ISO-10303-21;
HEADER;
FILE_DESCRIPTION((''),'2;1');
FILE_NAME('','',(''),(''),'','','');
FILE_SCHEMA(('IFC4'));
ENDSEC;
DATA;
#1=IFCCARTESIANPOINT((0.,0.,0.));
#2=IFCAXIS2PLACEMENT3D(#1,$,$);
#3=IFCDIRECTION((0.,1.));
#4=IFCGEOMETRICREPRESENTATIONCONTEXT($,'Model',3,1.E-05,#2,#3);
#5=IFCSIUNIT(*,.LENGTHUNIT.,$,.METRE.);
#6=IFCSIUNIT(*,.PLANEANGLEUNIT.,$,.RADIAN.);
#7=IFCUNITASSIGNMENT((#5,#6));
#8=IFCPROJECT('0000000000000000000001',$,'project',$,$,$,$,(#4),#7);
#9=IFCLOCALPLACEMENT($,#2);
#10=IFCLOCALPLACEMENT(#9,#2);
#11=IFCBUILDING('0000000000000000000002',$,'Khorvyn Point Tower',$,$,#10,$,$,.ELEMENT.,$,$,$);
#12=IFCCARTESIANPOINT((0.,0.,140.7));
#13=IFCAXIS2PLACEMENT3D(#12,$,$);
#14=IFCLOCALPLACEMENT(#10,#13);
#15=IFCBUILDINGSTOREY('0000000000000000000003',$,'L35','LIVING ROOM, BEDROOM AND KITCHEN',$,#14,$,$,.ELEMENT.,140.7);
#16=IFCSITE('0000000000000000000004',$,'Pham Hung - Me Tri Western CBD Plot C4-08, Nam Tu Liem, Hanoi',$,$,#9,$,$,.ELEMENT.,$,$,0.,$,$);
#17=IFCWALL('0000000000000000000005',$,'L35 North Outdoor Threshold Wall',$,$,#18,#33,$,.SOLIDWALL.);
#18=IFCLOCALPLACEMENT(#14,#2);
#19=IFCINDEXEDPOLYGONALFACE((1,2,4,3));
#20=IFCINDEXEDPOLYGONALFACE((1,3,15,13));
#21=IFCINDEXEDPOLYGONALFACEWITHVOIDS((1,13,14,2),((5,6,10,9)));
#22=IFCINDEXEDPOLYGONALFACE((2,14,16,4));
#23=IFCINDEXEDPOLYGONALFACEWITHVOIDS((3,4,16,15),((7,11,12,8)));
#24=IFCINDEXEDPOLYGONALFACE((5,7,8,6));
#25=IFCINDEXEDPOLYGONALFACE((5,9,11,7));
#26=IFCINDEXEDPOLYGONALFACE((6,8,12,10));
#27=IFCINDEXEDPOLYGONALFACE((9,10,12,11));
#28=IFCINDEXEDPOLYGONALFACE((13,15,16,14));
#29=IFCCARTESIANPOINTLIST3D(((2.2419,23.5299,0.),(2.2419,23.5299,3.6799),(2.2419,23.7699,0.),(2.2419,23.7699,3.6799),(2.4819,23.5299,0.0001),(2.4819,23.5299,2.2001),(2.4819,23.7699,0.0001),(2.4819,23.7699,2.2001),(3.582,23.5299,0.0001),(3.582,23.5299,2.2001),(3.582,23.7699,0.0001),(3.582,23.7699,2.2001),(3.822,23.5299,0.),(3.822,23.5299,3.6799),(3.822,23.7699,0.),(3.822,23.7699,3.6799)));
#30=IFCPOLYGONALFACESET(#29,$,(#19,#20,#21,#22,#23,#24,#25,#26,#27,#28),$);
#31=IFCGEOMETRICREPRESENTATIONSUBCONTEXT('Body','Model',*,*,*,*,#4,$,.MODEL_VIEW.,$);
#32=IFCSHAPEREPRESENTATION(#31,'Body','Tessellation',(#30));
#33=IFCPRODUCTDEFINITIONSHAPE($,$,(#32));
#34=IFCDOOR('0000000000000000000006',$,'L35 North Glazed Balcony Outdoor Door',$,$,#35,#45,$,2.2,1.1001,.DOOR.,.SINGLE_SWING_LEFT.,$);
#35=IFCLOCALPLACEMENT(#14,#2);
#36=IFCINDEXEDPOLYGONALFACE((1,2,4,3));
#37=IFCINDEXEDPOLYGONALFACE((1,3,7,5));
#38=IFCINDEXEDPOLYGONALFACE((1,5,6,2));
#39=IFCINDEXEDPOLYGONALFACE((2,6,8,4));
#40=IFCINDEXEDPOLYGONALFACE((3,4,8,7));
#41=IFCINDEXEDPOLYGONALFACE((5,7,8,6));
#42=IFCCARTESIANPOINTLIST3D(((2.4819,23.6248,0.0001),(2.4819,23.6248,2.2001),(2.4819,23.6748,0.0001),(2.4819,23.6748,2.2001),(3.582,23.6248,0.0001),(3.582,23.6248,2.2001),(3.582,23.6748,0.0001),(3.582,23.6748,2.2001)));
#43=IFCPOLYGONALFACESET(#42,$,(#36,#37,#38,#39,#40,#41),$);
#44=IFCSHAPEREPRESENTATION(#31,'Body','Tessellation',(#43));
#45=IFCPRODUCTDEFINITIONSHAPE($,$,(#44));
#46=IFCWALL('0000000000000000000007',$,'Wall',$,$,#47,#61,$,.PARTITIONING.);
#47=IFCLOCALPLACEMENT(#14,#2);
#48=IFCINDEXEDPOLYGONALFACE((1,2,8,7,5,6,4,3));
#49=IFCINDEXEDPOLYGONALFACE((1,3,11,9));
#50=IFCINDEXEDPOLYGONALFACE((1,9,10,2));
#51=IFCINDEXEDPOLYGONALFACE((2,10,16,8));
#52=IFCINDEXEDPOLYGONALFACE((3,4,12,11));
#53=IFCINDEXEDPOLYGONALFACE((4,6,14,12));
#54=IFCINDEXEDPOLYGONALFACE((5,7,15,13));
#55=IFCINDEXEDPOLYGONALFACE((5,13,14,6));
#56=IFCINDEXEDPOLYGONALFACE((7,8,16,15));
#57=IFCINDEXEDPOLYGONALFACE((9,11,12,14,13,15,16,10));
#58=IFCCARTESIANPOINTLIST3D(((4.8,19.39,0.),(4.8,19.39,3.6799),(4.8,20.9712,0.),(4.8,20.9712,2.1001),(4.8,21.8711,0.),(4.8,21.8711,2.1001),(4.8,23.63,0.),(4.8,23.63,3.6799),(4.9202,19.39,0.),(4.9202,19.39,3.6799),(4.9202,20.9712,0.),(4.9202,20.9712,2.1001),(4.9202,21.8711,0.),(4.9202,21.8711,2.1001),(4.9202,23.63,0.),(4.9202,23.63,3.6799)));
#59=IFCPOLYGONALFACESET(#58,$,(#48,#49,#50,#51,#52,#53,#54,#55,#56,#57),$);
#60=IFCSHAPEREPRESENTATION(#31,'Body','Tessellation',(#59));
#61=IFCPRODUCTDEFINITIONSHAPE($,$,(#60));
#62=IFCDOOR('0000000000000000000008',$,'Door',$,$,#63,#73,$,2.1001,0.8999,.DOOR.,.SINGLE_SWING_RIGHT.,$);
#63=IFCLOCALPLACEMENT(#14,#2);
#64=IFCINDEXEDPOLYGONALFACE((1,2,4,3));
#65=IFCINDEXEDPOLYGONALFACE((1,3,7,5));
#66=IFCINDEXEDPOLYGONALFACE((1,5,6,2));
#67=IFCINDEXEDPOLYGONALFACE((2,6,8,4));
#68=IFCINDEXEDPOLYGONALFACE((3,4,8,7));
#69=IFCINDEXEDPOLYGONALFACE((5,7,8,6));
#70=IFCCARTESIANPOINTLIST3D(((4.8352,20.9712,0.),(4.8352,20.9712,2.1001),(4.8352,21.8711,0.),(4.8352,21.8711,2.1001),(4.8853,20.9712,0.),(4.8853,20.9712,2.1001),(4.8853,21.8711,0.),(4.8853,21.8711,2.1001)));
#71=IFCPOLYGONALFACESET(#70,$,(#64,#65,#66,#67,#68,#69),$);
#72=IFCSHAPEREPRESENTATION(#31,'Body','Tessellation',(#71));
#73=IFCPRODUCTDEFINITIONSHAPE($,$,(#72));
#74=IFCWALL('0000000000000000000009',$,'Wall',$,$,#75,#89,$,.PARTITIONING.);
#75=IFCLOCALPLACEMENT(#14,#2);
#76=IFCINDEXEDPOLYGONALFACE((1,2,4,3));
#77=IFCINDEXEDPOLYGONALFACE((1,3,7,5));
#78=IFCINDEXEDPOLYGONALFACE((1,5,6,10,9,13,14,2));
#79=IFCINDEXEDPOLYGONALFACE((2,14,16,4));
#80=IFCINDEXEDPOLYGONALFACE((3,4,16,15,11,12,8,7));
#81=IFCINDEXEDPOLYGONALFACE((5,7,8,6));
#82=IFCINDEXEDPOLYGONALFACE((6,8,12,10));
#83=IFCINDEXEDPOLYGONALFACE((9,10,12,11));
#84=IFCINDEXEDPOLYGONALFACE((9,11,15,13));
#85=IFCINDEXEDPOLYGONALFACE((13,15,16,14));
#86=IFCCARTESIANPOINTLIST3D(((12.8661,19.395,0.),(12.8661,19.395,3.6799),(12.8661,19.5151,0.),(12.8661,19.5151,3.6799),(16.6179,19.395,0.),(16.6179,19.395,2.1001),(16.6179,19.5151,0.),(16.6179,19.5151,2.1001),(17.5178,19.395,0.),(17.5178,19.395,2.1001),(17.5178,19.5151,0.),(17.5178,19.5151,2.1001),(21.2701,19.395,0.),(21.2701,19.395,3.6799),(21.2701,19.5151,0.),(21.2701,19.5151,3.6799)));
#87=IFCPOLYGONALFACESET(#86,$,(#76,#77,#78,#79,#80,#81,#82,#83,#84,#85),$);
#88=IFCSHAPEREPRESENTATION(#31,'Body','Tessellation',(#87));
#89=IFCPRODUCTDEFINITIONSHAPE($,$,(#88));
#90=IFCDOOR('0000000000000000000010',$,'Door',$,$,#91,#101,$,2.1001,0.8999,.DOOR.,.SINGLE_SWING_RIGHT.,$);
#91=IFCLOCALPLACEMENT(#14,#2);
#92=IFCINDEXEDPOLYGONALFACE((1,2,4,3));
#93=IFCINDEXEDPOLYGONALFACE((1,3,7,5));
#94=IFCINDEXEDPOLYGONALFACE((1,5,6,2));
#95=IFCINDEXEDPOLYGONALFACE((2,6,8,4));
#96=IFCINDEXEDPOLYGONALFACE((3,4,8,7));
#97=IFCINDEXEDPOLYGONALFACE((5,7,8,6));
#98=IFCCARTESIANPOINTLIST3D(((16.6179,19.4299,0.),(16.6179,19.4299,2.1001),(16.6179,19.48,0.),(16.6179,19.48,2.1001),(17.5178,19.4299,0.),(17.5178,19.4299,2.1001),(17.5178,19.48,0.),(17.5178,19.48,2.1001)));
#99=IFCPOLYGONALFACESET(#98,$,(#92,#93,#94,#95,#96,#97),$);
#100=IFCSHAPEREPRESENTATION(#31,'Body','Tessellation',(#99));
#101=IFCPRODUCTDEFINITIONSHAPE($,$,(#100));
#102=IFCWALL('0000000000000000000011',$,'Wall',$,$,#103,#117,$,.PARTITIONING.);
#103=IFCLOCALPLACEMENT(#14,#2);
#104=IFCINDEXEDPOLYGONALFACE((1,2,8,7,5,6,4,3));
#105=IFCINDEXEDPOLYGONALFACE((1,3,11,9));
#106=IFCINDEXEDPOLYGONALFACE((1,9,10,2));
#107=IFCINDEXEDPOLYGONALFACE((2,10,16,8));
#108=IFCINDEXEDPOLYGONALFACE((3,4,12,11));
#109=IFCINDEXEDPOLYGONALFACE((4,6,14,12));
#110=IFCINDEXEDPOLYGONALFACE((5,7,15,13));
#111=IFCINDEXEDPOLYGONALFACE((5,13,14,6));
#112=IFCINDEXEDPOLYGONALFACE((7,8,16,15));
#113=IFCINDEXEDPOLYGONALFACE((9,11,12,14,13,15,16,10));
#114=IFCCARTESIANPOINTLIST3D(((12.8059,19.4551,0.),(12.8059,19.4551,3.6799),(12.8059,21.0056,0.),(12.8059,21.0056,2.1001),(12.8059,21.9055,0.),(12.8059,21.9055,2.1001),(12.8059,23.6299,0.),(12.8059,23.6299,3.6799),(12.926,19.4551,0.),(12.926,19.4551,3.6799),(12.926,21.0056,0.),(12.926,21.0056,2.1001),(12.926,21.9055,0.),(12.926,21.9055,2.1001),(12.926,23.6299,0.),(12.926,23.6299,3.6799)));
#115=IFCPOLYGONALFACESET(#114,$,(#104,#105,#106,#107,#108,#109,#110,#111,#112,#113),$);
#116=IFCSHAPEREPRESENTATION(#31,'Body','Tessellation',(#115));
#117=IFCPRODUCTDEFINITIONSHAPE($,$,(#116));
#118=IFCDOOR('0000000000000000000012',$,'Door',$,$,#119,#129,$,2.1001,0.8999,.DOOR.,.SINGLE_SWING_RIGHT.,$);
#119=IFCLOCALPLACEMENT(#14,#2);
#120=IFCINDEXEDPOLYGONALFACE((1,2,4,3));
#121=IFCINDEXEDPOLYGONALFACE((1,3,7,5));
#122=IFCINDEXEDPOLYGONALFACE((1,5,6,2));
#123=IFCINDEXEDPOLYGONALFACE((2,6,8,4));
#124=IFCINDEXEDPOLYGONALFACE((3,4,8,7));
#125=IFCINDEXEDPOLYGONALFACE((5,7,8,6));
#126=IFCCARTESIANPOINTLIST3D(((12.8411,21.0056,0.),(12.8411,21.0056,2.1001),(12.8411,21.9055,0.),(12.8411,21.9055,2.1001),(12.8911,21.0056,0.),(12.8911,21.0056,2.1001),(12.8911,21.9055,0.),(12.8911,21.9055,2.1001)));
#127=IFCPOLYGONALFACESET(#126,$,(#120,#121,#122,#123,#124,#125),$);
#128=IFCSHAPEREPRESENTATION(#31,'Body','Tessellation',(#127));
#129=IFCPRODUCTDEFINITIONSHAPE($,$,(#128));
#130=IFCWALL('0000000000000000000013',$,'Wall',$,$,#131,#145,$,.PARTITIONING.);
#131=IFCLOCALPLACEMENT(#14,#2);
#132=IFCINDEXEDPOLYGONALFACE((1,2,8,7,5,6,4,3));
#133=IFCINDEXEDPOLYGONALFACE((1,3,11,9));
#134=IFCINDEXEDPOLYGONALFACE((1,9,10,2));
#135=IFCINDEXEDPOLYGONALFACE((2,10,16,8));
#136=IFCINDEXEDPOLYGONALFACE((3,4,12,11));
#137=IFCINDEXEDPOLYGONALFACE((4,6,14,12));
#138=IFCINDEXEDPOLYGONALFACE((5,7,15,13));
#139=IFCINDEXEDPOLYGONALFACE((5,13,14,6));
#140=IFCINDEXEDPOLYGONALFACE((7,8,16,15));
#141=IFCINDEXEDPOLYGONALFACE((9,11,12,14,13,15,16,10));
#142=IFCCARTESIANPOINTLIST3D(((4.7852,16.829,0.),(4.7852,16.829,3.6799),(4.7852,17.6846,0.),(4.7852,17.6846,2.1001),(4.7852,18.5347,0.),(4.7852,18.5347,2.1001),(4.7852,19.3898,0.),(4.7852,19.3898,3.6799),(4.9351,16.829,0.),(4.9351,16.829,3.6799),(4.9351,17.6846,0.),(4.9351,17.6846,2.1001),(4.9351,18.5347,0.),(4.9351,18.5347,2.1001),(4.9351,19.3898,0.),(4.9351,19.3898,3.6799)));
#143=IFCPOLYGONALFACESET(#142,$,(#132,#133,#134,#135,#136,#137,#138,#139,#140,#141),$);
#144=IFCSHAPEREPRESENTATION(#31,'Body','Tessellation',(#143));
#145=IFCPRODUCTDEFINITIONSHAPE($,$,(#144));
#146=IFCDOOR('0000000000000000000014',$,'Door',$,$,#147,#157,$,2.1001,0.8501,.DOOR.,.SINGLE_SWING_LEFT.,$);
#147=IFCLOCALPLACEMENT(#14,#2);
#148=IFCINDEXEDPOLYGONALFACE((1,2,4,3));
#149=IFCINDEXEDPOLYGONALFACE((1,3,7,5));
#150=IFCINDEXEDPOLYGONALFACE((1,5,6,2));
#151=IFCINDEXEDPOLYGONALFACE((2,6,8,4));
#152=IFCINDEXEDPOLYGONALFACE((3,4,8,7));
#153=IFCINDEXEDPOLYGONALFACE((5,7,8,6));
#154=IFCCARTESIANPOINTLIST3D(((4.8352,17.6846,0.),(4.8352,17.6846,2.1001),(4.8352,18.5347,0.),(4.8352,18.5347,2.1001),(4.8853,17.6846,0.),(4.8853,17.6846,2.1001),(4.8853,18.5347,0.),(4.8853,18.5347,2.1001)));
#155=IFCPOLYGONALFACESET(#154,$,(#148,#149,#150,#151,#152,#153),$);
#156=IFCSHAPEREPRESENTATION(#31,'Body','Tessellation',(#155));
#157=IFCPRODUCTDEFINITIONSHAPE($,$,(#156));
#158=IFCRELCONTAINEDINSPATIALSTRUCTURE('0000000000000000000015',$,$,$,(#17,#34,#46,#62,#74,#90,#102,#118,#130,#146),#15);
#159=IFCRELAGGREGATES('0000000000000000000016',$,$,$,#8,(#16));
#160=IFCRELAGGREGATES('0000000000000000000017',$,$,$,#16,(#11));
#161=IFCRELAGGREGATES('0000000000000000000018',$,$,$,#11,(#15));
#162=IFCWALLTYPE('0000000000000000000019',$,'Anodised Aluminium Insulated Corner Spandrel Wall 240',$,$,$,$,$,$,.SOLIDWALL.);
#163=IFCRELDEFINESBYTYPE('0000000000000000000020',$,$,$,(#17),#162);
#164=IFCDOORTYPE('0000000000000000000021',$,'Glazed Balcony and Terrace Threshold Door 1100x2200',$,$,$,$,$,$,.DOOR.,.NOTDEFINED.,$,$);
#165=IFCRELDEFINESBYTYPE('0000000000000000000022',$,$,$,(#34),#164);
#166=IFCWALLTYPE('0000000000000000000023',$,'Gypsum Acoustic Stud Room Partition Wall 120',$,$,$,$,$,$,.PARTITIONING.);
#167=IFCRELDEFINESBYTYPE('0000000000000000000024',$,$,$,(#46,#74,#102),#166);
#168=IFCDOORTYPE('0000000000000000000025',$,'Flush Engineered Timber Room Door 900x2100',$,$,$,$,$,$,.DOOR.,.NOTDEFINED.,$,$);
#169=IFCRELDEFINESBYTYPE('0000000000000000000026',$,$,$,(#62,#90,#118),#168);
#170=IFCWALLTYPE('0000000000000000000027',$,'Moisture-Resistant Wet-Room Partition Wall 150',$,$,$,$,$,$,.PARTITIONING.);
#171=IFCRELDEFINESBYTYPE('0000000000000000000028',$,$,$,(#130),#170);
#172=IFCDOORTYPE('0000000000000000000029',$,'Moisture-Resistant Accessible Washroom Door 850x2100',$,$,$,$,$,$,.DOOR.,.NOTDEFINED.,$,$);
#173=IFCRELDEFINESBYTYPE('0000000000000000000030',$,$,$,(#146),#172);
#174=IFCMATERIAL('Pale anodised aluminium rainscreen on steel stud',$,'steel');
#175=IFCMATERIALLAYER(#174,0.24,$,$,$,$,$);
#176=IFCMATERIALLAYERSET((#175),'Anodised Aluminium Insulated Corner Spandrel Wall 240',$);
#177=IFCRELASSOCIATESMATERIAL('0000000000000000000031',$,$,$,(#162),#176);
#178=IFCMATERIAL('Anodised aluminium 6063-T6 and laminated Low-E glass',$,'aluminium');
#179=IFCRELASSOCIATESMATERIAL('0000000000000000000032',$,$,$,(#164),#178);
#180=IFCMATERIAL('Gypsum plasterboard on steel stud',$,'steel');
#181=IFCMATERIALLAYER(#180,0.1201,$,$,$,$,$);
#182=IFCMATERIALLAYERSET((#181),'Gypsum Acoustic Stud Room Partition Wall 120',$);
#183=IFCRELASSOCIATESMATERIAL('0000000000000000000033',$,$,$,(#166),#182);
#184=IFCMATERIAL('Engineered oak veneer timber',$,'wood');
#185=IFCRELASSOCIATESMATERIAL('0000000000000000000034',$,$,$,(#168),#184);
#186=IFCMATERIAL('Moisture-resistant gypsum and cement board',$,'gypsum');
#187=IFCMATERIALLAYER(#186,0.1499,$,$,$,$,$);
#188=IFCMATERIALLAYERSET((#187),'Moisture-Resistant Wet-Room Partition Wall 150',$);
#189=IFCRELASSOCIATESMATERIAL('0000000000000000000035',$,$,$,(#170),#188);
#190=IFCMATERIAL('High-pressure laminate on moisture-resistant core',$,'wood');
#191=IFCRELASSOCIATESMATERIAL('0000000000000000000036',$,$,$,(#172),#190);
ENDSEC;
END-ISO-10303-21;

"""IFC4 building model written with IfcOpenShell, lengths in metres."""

from ifc_helpers import new_model, si_unit, direction, frame, frame_2d, origin, place, context, subcontext, project, spatial, rectangle, extrude, material, layer, layer_set, type_object, element, fill, save


model = new_model("IFC4")

# Units and contexts
model_context = context("Model", 3, precision=1e-05, world=origin(), true_north=direction((0.0, 1.0)))
body_context = subcontext(model_context, "Body", "Model", "MODEL_VIEW")
ifc_project = project(units=[si_unit("LENGTHUNIT", "METRE"), si_unit("PLANEANGLEUNIT", "RADIAN")], contexts=[model_context])

# Site, building, storey
site_placement = place(None, origin())
site = spatial("IfcSite", under=ifc_project, at=site_placement, Name="Pham Hung - Me Tri Western CBD Plot C4-08, Nam Tu Liem, Hanoi", CompositionType="ELEMENT", RefElevation=0.0)
building_placement = place(site_placement, origin())
building = spatial("IfcBuilding", under=site, at=building_placement, Name="Khorvyn Point Tower", CompositionType="ELEMENT")
storey_placement = place(building_placement, frame((0.0, 0.0, 140.7)))
storey = spatial("IfcBuildingStorey", under=building, at=storey_placement, Name="L35", Description="LIVING ROOM, BEDROOM AND KITCHEN", CompositionType="ELEMENT", Elevation=140.7)

# Shared definitions
ifc_material_1 = material(Name="Anodised aluminium 6063-T6 and laminated Low-E glass", Category="aluminium")

# Walls, openings, doors
ifc_material_2 = material(Name="Pale anodised aluminium rainscreen on steel stud", Category="steel")
ifc_layer_1 = layer(ifc_material_2, 0.24)
ifc_layer_set_1 = layer_set([ifc_layer_1], Name="Anodised Aluminium Insulated Corner Spandrel Wall 240")
wall_type_1 = type_object("IfcWallType", Name="Anodised Aluminium Insulated Corner Spandrel Wall 240", PredefinedType="SOLIDWALL", material=ifc_layer_set_1)
wall_1_placement = place(storey_placement, frame((2.2419, 23.6499, 0.0), z_axis=(0.0, 0.0, 1.0), x_axis=(1.0, 0.0, 0.0)))
wall_1 = element("IfcWall", 1, at=wall_1_placement, inside=storey, type_object=wall_type_1, Name="L35 North Outdoor Threshold Wall", PredefinedType="SOLIDWALL", context=body_context, shape_type="SweptSolid", body=[
    extrude(rectangle(XDim=1.5801, YDim=0.24, at=frame_2d((0.79, 0.0))), origin(), (0.0, 0.0, 1.0), 3.6799),
])
opening_1_placement = place(wall_1_placement, frame((0.24, 0.0, 0.0)))
opening_1 = element("IfcOpeningElement", 2, at=opening_1_placement, cuts=wall_1, PredefinedType="OPENING", context=body_context, shape_type="SweptSolid", body=[
    extrude(rectangle(XDim=1.1001, YDim=2.2, at=frame_2d((0.55, 1.1001))), frame((0.0, 0.1299, 0.0), z_axis=(0.0, -1.0, 0.0), x_axis=(1.0, 0.0, 0.0)), (0.0, 0.0, 1.0), 0.26),
])
door_type_1 = type_object("IfcDoorType", Name="Glazed Balcony and Terrace Threshold Door 1100x2200", OperationType="NOTDEFINED", PredefinedType="DOOR", material=ifc_material_1)
door_1_placement = place(opening_1_placement, origin())
door_1 = element("IfcDoor", 3, at=door_1_placement, inside=storey, type_object=door_type_1, Name="L35 North Glazed Balcony Outdoor Door", OperationType="SINGLE_SWING_LEFT", OverallHeight=2.2, OverallWidth=1.1001, PredefinedType="DOOR", context=body_context, shape_type="SweptSolid", body=[
    extrude(rectangle(XDim=1.1001, YDim=2.2, at=frame_2d((0.55, 1.1001))), frame((0.0, 0.0249, 0.0), z_axis=(0.0, -1.0, 0.0), x_axis=(1.0, 0.0, 0.0)), (0.0, 0.0, 1.0), 0.05),
])
fill(opening_1, door_1)
ifc_material_3 = material(Name="Gypsum plasterboard on steel stud", Category="steel")
ifc_layer_2 = layer(ifc_material_3, 0.1201)
ifc_layer_set_2 = layer_set([ifc_layer_2], Name="Gypsum Acoustic Stud Room Partition Wall 120")
wall_type_2 = type_object("IfcWallType", Name="Gypsum Acoustic Stud Room Partition Wall 120", PredefinedType="PARTITIONING", material=ifc_layer_set_2)
wall_2_placement = place(storey_placement, frame((4.8601, 19.3899, 0.0), z_axis=(0.0, 0.0, 1.0), x_axis=(0.0, 1.0, 0.0)))
wall_2 = element("IfcWall", 4, at=wall_2_placement, inside=storey, type_object=wall_type_2, Name="Wall", PredefinedType="PARTITIONING", context=body_context, shape_type="SweptSolid", body=[
    extrude(rectangle(XDim=4.24, YDim=0.1201, at=frame_2d((2.1201, 0.0))), origin(), (0.0, 0.0, 1.0), 3.6799),
])
opening_2_placement = place(wall_2_placement, frame((1.5813, 0.0, 0.0)))
opening_2 = element("IfcOpeningElement", 5, at=opening_2_placement, cuts=wall_2, PredefinedType="OPENING", context=body_context, shape_type="SweptSolid", body=[
    extrude(rectangle(XDim=0.8999, YDim=2.1001, at=frame_2d((0.45, 1.05))), frame((0.0, 0.0701, 0.0), z_axis=(0.0, -1.0, 0.0), x_axis=(1.0, 0.0, 0.0)), (0.0, 0.0, 1.0), 0.1401),
])
ifc_material_4 = material(Name="Engineered oak veneer timber", Category="wood")
door_type_2 = type_object("IfcDoorType", Name="Flush Engineered Timber Room Door 900x2100", OperationType="NOTDEFINED", PredefinedType="DOOR", material=ifc_material_4)
door_2_placement = place(opening_2_placement, origin())
door_2 = element("IfcDoor", 6, at=door_2_placement, inside=storey, type_object=door_type_2, Name="Door", OperationType="SINGLE_SWING_RIGHT", OverallHeight=2.1001, OverallWidth=0.8999, PredefinedType="DOOR", context=body_context, shape_type="SweptSolid", body=[
    extrude(rectangle(XDim=0.8999, YDim=2.1001, at=frame_2d((0.45, 1.05))), frame((0.0, 0.0249, 0.0), z_axis=(0.0, -1.0, 0.0), x_axis=(1.0, 0.0, 0.0)), (0.0, 0.0, 1.0), 0.05),
])
fill(opening_2, door_2)
wall_3_placement = place(storey_placement, frame((12.866, 19.4551, 0.0), z_axis=(0.0, 0.0, 1.0), x_axis=(1.0, 0.0, 0.0)))
wall_3 = element("IfcWall", 7, at=wall_3_placement, inside=storey, type_object=wall_type_2, Name="Wall", PredefinedType="PARTITIONING", context=body_context, shape_type="SweptSolid", body=[
    extrude(rectangle(XDim=8.4041, YDim=0.1201, at=frame_2d((4.2021, 0.0))), origin(), (0.0, 0.0, 1.0), 3.6799),
])
opening_3_placement = place(wall_3_placement, frame((3.752, 0.0, 0.0)))
opening_3 = element("IfcOpeningElement", 8, at=opening_3_placement, cuts=wall_3, PredefinedType="OPENING", context=body_context, shape_type="SweptSolid", body=[
    extrude(rectangle(XDim=0.8999, YDim=2.1001, at=frame_2d((0.45, 1.05))), frame((0.0, 0.0701, 0.0), z_axis=(0.0, -1.0, 0.0), x_axis=(1.0, 0.0, 0.0)), (0.0, 0.0, 1.0), 0.1401),
])
door_3_placement = place(opening_3_placement, origin())
door_3 = element("IfcDoor", 9, at=door_3_placement, inside=storey, type_object=door_type_2, Name="Door", OperationType="SINGLE_SWING_RIGHT", OverallHeight=2.1001, OverallWidth=0.8999, PredefinedType="DOOR", context=body_context, shape_type="SweptSolid", body=[
    extrude(rectangle(XDim=0.8999, YDim=2.1001, at=frame_2d((0.45, 1.05))), frame((0.0, 0.0249, 0.0), z_axis=(0.0, -1.0, 0.0), x_axis=(1.0, 0.0, 0.0)), (0.0, 0.0, 1.0), 0.05),
])
fill(opening_3, door_3)
wall_4_placement = place(storey_placement, frame((12.866, 19.4551, 0.0), z_axis=(0.0, 0.0, 1.0), x_axis=(0.0, 1.0, 0.0)))
wall_4 = element("IfcWall", 10, at=wall_4_placement, inside=storey, type_object=wall_type_2, Name="Wall", PredefinedType="PARTITIONING", context=body_context, shape_type="SweptSolid", body=[
    extrude(rectangle(XDim=4.1748, YDim=0.1201, at=frame_2d((2.0874, 0.0))), origin(), (0.0, 0.0, 1.0), 3.6799),
])
opening_4_placement = place(wall_4_placement, frame((1.5505, 0.0, 0.0)))
opening_4 = element("IfcOpeningElement", 11, at=opening_4_placement, cuts=wall_4, PredefinedType="OPENING", context=body_context, shape_type="SweptSolid", body=[
    extrude(rectangle(XDim=0.8999, YDim=2.1001, at=frame_2d((0.45, 1.05))), frame((0.0, 0.0701, 0.0), z_axis=(0.0, -1.0, 0.0), x_axis=(1.0, 0.0, 0.0)), (0.0, 0.0, 1.0), 0.1401),
])
door_4_placement = place(opening_4_placement, origin())
door_4 = element("IfcDoor", 12, at=door_4_placement, inside=storey, type_object=door_type_2, Name="Door", OperationType="SINGLE_SWING_RIGHT", OverallHeight=2.1001, OverallWidth=0.8999, PredefinedType="DOOR", context=body_context, shape_type="SweptSolid", body=[
    extrude(rectangle(XDim=0.8999, YDim=2.1001, at=frame_2d((0.45, 1.05))), frame((0.0, 0.0249, 0.0), z_axis=(0.0, -1.0, 0.0), x_axis=(1.0, 0.0, 0.0)), (0.0, 0.0, 1.0), 0.05),
])
fill(opening_4, door_4)
ifc_material_5 = material(Name="Moisture-resistant gypsum and cement board", Category="gypsum")
ifc_layer_3 = layer(ifc_material_5, 0.1499)
ifc_layer_set_3 = layer_set([ifc_layer_3], Name="Moisture-Resistant Wet-Room Partition Wall 150")
wall_type_3 = type_object("IfcWallType", Name="Moisture-Resistant Wet-Room Partition Wall 150", PredefinedType="PARTITIONING", material=ifc_layer_set_3)
wall_5_placement = place(storey_placement, frame((4.8601, 16.8291, 0.0), z_axis=(0.0, 0.0, 1.0), x_axis=(0.0, 1.0, 0.0)))
wall_5 = element("IfcWall", 13, at=wall_5_placement, inside=storey, type_object=wall_type_3, Name="Wall", PredefinedType="PARTITIONING", context=body_context, shape_type="SweptSolid", body=[
    extrude(rectangle(XDim=2.5608, YDim=0.1499, at=frame_2d((1.2803, 0.0))), origin(), (0.0, 0.0, 1.0), 3.6799),
])
opening_5_placement = place(wall_5_placement, frame((0.8555, 0.0, 0.0)))
opening_5 = element("IfcOpeningElement", 14, at=opening_5_placement, cuts=wall_5, PredefinedType="OPENING", context=body_context, shape_type="SweptSolid", body=[
    extrude(rectangle(XDim=0.8501, YDim=2.1001, at=frame_2d((0.425, 1.05))), frame((0.0, 0.085, 0.0), z_axis=(0.0, -1.0, 0.0), x_axis=(1.0, 0.0, 0.0)), (0.0, 0.0, 1.0), 0.1699),
])
ifc_material_6 = material(Name="High-pressure laminate on moisture-resistant core", Category="wood")
door_type_3 = type_object("IfcDoorType", Name="Moisture-Resistant Accessible Washroom Door 850x2100", OperationType="NOTDEFINED", PredefinedType="DOOR", material=ifc_material_6)
door_5_placement = place(opening_5_placement, origin())
door_5 = element("IfcDoor", 15, at=door_5_placement, inside=storey, type_object=door_type_3, Name="Door", OperationType="SINGLE_SWING_LEFT", OverallHeight=2.1001, OverallWidth=0.8501, PredefinedType="DOOR", context=body_context, shape_type="SweptSolid", body=[
    extrude(rectangle(XDim=0.8501, YDim=2.1001, at=frame_2d((0.425, 1.05))), frame((0.0, 0.0249, 0.0), z_axis=(0.0, -1.0, 0.0), x_axis=(1.0, 0.0, 0.0)), (0.0, 0.0, 1.0), 0.05),
])
fill(opening_5, door_5)

save(model, "model.ifc")
